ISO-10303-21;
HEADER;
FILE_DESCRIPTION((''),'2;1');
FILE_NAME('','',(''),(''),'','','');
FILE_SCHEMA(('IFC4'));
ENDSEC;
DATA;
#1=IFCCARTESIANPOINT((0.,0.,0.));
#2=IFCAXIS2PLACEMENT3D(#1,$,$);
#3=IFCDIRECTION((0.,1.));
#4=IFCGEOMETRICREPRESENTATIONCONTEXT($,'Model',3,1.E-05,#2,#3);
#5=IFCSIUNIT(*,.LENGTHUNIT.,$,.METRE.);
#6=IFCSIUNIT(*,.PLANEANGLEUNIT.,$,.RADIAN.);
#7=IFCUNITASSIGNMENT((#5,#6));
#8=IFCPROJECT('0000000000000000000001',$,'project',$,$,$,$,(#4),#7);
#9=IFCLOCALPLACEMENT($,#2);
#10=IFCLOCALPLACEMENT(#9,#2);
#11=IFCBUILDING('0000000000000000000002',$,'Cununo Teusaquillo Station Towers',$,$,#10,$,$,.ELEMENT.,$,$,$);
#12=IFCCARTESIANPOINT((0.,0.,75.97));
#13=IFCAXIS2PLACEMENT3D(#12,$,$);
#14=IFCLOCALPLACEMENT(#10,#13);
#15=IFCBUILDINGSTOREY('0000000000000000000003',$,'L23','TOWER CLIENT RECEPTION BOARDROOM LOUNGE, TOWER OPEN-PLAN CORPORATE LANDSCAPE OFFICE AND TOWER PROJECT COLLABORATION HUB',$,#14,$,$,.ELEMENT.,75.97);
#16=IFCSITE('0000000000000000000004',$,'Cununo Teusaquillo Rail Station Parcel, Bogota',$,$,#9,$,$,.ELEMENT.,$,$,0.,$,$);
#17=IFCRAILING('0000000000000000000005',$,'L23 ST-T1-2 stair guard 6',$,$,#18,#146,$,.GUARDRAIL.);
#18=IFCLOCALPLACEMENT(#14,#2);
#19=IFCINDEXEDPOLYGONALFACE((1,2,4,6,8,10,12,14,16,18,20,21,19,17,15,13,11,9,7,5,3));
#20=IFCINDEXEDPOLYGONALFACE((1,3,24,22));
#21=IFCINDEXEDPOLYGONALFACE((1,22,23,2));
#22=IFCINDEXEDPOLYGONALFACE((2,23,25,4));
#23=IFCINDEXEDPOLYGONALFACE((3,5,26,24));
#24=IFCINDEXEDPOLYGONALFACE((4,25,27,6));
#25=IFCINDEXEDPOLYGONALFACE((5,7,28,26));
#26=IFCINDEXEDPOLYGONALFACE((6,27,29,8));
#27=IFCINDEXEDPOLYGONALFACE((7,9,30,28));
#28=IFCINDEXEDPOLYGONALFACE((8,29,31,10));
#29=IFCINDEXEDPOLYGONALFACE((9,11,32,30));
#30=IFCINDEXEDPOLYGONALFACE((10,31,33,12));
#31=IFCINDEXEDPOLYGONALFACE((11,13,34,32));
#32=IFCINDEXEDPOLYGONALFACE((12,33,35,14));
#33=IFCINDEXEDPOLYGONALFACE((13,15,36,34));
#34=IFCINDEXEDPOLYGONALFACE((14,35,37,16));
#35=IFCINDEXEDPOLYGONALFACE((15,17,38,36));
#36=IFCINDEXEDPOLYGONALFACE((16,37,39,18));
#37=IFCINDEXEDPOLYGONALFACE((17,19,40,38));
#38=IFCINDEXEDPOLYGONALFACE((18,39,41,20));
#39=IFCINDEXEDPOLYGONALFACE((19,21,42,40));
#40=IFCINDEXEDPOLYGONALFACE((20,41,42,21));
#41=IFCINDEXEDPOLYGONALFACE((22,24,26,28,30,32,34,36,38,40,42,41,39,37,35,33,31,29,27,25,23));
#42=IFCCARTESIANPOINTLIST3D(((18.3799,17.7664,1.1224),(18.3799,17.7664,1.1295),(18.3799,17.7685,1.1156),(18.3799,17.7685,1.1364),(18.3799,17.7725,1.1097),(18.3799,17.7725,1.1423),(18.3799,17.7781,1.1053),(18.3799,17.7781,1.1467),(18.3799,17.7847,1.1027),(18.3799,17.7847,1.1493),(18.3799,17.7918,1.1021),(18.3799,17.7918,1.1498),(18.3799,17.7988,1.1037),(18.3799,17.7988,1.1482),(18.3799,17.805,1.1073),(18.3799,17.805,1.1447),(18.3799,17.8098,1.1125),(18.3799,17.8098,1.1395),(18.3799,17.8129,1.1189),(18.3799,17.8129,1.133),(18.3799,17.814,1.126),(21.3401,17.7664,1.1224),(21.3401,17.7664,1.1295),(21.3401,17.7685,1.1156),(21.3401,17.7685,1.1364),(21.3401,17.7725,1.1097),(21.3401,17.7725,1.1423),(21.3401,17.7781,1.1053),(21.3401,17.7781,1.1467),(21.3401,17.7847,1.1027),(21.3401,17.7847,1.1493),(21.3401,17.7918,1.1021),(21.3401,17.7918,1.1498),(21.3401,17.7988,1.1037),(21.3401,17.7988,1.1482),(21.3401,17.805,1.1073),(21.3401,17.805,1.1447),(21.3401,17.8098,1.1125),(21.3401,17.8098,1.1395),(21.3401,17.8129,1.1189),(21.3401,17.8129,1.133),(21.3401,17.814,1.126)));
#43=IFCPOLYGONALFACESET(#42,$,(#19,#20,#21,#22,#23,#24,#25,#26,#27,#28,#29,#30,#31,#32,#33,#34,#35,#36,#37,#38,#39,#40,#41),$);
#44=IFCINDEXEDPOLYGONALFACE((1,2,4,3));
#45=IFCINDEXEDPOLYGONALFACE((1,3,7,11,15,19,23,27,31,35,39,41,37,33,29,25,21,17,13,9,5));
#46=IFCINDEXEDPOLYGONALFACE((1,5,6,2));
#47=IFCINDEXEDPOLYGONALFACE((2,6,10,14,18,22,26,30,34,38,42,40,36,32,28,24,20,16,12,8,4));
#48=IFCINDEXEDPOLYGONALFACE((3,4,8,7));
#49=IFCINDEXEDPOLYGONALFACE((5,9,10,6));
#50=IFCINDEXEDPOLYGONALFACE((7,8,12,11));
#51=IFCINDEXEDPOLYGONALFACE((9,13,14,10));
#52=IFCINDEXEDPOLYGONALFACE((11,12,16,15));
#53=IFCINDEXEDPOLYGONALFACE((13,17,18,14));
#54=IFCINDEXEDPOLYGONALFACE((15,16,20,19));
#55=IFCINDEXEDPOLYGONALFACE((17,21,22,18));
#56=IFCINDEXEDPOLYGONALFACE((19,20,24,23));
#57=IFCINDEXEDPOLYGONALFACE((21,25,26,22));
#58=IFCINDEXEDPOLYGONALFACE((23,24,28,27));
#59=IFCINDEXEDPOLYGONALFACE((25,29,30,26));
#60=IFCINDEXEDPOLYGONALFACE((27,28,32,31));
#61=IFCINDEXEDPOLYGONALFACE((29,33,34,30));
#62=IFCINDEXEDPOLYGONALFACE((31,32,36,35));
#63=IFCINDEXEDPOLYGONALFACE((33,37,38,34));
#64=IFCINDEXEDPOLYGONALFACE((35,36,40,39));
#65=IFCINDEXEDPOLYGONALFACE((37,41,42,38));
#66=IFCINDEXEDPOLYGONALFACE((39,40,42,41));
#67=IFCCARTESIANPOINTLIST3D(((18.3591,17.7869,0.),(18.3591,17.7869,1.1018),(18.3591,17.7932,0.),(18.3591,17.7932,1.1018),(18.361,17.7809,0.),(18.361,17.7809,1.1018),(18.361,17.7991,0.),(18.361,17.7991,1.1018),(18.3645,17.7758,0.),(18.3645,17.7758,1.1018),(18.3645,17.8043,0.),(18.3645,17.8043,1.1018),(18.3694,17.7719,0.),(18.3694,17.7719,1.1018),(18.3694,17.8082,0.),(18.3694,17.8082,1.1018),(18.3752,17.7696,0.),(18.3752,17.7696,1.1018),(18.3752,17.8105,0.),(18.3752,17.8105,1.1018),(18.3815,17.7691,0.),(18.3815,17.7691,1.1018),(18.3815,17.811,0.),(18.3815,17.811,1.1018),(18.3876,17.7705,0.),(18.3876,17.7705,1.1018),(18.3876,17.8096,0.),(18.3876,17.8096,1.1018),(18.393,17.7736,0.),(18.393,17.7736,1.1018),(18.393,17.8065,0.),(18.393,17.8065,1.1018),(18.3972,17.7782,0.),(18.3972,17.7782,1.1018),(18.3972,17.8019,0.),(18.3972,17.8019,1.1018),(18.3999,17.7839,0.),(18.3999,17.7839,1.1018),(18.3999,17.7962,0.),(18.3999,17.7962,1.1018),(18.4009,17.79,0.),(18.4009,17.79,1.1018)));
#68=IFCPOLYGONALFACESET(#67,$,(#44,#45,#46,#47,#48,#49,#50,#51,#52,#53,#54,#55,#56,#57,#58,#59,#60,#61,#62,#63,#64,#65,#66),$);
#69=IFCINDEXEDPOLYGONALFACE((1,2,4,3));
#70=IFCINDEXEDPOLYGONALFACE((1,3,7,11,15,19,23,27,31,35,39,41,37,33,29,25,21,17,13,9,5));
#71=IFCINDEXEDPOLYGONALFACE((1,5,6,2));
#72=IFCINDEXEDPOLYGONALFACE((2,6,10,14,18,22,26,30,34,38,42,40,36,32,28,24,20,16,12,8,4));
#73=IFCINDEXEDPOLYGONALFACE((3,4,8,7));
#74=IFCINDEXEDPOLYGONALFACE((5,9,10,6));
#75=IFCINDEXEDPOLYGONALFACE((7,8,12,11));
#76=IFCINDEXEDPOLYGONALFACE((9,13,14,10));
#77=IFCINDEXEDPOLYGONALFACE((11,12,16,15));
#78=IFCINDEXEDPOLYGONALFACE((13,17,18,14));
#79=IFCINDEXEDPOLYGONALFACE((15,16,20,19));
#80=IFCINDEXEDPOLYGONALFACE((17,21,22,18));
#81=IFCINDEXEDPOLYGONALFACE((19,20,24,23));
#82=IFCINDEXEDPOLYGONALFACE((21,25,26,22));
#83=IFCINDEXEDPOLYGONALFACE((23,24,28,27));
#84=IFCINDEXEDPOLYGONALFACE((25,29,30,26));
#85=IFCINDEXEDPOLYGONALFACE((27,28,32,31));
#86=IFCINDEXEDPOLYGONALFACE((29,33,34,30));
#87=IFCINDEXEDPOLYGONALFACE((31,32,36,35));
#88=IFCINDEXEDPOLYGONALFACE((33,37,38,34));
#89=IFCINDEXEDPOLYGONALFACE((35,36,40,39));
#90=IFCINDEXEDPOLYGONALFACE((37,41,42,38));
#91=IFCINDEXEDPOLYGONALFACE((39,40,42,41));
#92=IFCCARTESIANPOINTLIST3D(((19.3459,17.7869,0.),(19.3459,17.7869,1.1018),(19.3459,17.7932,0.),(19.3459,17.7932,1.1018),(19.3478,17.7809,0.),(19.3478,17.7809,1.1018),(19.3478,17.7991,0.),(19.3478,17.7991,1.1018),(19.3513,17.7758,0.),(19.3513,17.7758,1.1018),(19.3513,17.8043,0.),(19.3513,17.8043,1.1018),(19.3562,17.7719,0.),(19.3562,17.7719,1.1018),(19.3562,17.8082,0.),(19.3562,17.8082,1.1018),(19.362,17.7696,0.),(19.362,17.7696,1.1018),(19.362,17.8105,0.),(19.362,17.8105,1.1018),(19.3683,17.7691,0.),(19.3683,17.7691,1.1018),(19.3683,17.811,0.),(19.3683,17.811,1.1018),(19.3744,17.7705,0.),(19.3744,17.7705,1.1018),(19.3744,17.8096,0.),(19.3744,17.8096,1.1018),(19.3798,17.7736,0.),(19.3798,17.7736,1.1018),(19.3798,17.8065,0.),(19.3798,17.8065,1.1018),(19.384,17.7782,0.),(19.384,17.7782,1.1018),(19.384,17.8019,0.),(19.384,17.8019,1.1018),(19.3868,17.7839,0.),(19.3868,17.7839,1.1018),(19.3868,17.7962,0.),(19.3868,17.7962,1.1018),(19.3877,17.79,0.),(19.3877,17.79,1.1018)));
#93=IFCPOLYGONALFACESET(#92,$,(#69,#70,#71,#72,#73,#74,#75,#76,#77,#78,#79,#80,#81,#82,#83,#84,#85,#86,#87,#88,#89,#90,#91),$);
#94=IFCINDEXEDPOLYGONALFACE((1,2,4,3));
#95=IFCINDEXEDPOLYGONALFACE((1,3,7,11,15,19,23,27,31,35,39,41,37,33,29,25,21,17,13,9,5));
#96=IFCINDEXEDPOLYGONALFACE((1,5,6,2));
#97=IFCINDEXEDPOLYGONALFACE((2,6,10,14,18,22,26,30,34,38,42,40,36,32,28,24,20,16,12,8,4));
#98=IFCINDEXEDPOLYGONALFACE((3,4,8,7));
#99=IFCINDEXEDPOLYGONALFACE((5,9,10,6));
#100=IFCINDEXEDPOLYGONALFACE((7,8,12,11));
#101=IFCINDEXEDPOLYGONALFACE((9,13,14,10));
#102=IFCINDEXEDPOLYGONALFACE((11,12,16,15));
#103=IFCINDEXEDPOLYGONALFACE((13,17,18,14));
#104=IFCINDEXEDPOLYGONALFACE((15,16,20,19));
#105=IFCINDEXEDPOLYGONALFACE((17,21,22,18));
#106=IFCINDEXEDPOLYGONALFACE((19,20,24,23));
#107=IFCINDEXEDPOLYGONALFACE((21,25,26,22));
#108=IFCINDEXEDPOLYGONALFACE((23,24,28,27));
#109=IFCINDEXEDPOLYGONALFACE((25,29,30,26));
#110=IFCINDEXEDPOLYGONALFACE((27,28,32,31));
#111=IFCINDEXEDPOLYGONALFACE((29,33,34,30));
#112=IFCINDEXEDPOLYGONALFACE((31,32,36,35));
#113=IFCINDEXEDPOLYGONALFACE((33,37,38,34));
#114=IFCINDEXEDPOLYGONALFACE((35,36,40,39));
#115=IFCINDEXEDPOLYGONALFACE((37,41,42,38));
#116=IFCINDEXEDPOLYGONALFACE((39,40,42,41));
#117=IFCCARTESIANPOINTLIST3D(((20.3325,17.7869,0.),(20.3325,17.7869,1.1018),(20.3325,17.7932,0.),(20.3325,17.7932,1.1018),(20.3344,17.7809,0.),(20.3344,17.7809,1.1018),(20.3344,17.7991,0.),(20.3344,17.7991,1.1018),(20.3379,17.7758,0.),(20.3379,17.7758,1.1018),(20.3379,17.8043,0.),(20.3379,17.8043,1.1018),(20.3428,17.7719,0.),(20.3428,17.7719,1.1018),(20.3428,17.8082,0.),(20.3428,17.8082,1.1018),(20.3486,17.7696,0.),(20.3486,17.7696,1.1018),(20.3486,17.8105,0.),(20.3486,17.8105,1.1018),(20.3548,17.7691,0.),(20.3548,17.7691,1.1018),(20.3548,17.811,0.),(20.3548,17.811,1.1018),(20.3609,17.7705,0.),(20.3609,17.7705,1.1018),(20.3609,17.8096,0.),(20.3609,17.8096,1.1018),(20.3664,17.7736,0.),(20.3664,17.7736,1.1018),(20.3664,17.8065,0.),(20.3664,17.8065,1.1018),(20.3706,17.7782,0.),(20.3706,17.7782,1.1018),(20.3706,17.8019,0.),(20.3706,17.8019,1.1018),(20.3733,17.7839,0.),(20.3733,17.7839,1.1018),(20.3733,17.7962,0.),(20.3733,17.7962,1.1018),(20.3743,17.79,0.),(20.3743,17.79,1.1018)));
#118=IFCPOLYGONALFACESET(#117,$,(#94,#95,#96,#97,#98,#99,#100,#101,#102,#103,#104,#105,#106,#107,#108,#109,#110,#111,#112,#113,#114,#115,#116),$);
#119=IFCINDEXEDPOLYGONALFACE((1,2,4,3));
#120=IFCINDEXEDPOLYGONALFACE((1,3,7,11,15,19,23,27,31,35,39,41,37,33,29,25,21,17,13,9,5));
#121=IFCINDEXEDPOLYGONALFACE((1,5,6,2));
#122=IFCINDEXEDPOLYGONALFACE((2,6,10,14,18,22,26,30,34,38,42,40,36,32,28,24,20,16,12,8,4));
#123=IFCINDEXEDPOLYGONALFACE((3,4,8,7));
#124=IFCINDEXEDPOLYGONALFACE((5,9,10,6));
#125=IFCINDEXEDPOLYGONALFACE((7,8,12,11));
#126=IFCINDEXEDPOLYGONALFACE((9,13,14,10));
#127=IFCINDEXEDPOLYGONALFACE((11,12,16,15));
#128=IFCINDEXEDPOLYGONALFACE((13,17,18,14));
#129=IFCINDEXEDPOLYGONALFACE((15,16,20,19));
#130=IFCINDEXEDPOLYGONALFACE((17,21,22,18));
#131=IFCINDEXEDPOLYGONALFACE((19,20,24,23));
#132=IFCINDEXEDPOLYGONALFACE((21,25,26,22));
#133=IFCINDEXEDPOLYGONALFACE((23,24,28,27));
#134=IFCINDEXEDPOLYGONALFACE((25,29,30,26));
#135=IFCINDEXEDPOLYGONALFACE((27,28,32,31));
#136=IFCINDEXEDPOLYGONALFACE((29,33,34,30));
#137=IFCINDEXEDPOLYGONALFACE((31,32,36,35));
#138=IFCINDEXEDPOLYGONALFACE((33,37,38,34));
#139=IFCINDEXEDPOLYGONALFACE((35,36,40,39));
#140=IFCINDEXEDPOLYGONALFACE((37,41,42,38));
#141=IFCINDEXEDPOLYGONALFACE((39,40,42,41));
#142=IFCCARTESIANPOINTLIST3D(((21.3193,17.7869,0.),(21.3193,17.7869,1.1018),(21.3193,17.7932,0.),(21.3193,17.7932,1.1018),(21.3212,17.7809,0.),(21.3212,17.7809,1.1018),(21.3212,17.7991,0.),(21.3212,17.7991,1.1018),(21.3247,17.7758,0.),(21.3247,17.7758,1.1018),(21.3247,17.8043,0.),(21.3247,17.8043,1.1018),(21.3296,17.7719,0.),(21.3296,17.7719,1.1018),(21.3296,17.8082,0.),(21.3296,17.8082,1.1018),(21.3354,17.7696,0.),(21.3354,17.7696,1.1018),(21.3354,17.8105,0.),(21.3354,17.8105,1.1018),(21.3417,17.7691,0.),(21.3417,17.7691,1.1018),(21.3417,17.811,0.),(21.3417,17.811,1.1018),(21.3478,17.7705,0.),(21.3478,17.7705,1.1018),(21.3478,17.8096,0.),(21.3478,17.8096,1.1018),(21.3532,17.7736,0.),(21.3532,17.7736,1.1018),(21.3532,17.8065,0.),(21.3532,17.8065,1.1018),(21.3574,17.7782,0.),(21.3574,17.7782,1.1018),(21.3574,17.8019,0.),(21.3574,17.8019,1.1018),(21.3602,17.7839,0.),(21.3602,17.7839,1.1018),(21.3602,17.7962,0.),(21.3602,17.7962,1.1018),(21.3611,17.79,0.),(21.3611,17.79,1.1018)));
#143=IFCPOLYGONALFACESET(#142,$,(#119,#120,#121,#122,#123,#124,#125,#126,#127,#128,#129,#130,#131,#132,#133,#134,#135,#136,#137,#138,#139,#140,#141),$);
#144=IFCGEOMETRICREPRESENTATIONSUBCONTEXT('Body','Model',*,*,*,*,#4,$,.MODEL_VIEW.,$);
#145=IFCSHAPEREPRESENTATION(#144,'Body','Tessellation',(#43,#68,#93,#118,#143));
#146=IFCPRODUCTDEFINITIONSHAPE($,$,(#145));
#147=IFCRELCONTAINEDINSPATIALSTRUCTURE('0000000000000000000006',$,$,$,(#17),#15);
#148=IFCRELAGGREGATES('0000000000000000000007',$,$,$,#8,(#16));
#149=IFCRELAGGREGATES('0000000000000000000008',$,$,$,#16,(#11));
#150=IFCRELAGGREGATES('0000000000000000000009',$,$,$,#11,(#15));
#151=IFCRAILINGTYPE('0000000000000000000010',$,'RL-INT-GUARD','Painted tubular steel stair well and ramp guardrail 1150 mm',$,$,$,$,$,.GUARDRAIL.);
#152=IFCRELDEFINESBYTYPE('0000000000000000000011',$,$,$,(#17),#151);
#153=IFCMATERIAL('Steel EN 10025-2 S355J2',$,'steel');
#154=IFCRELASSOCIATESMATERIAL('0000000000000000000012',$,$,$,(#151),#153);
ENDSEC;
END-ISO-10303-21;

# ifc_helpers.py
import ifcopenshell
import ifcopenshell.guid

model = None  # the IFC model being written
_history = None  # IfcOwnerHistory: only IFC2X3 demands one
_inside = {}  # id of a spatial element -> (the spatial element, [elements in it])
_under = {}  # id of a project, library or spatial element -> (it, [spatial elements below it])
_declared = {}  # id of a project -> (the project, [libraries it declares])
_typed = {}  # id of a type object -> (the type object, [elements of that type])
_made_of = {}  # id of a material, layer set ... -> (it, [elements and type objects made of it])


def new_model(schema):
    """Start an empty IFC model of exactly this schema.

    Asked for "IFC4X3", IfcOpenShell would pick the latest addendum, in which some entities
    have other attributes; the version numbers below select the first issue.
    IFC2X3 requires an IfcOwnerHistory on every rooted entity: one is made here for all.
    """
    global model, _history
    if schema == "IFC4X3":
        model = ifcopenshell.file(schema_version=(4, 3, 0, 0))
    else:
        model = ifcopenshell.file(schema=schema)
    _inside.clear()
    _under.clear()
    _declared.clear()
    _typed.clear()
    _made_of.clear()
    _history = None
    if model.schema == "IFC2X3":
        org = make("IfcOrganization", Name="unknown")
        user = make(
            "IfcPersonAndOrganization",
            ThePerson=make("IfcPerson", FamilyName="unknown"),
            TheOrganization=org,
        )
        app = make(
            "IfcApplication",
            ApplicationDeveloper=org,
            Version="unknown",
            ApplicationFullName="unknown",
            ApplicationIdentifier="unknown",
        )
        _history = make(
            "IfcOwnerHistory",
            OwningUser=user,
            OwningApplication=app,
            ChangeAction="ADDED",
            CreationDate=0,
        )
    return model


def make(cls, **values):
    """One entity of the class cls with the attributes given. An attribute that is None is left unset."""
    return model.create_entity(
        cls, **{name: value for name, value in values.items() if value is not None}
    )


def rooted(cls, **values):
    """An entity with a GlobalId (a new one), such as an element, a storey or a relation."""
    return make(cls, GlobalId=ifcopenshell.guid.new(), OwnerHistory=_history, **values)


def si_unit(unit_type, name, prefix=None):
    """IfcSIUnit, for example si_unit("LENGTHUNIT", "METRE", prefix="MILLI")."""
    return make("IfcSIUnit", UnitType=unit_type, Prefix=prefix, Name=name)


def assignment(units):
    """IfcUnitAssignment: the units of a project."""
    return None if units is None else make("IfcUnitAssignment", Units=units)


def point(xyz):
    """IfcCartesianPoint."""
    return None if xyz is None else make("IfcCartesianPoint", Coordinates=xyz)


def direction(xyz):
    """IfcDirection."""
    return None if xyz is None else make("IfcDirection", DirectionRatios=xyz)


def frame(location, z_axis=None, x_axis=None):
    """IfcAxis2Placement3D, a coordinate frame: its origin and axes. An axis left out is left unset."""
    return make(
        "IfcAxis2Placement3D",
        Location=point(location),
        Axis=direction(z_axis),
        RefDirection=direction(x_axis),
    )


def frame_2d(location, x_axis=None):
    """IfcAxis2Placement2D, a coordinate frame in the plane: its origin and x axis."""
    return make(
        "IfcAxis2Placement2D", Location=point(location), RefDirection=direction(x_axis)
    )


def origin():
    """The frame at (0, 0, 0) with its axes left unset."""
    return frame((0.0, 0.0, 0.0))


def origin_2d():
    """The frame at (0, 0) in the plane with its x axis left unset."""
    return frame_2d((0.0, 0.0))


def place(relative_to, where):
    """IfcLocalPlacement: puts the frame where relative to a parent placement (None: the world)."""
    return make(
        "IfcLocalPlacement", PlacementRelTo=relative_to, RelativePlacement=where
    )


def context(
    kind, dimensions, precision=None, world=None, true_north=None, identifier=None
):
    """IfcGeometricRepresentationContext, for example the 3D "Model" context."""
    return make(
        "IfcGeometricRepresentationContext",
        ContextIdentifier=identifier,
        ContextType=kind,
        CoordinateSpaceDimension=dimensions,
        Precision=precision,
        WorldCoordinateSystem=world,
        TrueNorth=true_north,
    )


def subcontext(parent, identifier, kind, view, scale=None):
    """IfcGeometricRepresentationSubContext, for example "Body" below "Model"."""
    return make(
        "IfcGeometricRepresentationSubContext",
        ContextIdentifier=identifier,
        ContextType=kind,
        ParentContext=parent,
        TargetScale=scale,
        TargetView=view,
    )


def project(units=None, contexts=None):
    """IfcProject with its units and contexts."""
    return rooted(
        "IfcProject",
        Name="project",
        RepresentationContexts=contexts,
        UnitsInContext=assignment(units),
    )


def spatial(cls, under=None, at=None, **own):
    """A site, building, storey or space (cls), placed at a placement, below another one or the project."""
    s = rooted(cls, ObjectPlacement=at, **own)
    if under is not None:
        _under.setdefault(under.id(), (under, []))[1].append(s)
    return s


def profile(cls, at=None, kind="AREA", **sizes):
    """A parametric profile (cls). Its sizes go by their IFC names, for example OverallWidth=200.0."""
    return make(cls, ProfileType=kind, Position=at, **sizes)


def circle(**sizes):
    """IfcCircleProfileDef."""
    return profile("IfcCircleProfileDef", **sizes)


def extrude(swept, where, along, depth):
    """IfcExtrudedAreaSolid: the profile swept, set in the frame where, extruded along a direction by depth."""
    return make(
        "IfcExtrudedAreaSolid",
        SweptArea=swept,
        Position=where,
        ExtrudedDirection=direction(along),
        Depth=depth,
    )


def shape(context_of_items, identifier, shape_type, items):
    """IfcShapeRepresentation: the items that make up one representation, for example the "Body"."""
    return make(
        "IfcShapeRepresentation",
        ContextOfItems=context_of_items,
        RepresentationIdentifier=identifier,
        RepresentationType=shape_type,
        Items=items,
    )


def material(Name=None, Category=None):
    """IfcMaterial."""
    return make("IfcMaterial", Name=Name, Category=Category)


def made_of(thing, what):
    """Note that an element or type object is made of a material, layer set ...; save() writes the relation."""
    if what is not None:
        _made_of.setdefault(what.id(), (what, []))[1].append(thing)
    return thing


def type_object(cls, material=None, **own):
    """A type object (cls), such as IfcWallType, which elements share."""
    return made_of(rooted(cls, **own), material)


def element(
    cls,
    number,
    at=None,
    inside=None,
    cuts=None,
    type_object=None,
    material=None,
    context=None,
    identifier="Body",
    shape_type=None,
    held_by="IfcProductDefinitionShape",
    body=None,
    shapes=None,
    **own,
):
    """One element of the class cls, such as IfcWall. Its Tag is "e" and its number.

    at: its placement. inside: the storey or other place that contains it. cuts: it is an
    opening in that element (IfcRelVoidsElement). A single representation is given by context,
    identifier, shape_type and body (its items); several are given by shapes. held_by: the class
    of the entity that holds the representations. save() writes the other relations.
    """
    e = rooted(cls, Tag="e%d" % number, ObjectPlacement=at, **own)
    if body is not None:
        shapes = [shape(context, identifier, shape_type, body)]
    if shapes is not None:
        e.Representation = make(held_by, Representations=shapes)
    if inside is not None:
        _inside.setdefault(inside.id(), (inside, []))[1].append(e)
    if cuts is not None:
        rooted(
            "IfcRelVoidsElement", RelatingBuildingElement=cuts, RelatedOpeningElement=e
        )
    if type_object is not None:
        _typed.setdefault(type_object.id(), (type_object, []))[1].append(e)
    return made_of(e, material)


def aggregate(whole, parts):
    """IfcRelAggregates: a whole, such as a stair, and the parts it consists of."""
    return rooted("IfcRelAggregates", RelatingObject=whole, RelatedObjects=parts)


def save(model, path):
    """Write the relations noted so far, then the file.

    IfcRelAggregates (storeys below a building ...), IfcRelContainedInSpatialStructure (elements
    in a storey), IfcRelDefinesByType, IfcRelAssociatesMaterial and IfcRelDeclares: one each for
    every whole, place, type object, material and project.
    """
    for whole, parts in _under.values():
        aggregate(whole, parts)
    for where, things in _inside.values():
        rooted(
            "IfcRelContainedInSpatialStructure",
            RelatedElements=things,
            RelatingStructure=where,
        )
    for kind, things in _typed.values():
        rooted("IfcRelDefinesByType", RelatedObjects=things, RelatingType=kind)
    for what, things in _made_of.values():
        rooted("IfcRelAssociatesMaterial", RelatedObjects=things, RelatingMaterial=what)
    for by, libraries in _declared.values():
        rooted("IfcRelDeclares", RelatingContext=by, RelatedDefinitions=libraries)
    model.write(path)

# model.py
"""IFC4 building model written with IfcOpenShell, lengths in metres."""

from ifc_helpers import new_model, si_unit, direction, frame, origin, origin_2d, place, context, subcontext, project, spatial, circle, extrude, material, type_object, element, save


model = new_model("IFC4")

# Units and contexts
model_context = context("Model", 3, precision=1e-05, world=origin(), true_north=direction((0.0, 1.0)))
body_context = subcontext(model_context, "Body", "Model", "MODEL_VIEW")
ifc_project = project(units=[si_unit("LENGTHUNIT", "METRE"), si_unit("PLANEANGLEUNIT", "RADIAN")], contexts=[model_context])

# Site, building, storey
site_placement = place(None, origin())
site = spatial("IfcSite", under=ifc_project, at=site_placement, Name="Cununo Teusaquillo Rail Station Parcel, Bogota", CompositionType="ELEMENT", RefElevation=0.0)
building_placement = place(site_placement, origin())
building = spatial("IfcBuilding", under=site, at=building_placement, Name="Cununo Teusaquillo Station Towers", CompositionType="ELEMENT")
storey_placement = place(building_placement, frame((0.0, 0.0, 75.97)))
storey = spatial("IfcBuildingStorey", under=building, at=storey_placement, Name="L23", Description="TOWER CLIENT RECEPTION BOARDROOM LOUNGE, TOWER OPEN-PLAN CORPORATE LANDSCAPE OFFICE AND TOWER PROJECT COLLABORATION HUB", CompositionType="ELEMENT", Elevation=75.97)

# Railing
ifc_material_1 = material(Name="Steel EN 10025-2 S355J2", Category="steel")
railing_type_1 = type_object("IfcRailingType", Name="RL-INT-GUARD", Description="Painted tubular steel stair well and ramp guardrail 1150 mm", PredefinedType="GUARDRAIL", material=ifc_material_1)
railing_1_placement = place(storey_placement, frame((18.3799, 17.79, 0.0)))
element("IfcRailing", 1, at=railing_1_placement, inside=storey, type_object=railing_type_1, Name="L23 ST-T1-2 stair guard 6", PredefinedType="GUARDRAIL", context=body_context, shape_type="SweptSolid", body=[
    extrude(circle(Radius=0.0239, at=origin_2d()), frame((0.0, 0.0, 1.126), z_axis=(1.0, 0.0, 0.0), x_axis=(0.0, 1.0, 0.0)), (0.0, 0.0, 1.0), 2.9602),
    extrude(circle(Radius=0.021, at=origin_2d()), origin(), (0.0, 0.0, 1.0), 1.1018),
    extrude(circle(Radius=0.021, at=origin_2d()), frame((0.9868, 0.0, 0.0)), (0.0, 0.0, 1.0), 1.1018),
    extrude(circle(Radius=0.021, at=origin_2d()), frame((1.9734, 0.0, 0.0)), (0.0, 0.0, 1.0), 1.1018),
    extrude(circle(Radius=0.021, at=origin_2d()), frame((2.9602, 0.0, 0.0)), (0.0, 0.0, 1.0), 1.1018),
])

save(model, "model.ifc")
